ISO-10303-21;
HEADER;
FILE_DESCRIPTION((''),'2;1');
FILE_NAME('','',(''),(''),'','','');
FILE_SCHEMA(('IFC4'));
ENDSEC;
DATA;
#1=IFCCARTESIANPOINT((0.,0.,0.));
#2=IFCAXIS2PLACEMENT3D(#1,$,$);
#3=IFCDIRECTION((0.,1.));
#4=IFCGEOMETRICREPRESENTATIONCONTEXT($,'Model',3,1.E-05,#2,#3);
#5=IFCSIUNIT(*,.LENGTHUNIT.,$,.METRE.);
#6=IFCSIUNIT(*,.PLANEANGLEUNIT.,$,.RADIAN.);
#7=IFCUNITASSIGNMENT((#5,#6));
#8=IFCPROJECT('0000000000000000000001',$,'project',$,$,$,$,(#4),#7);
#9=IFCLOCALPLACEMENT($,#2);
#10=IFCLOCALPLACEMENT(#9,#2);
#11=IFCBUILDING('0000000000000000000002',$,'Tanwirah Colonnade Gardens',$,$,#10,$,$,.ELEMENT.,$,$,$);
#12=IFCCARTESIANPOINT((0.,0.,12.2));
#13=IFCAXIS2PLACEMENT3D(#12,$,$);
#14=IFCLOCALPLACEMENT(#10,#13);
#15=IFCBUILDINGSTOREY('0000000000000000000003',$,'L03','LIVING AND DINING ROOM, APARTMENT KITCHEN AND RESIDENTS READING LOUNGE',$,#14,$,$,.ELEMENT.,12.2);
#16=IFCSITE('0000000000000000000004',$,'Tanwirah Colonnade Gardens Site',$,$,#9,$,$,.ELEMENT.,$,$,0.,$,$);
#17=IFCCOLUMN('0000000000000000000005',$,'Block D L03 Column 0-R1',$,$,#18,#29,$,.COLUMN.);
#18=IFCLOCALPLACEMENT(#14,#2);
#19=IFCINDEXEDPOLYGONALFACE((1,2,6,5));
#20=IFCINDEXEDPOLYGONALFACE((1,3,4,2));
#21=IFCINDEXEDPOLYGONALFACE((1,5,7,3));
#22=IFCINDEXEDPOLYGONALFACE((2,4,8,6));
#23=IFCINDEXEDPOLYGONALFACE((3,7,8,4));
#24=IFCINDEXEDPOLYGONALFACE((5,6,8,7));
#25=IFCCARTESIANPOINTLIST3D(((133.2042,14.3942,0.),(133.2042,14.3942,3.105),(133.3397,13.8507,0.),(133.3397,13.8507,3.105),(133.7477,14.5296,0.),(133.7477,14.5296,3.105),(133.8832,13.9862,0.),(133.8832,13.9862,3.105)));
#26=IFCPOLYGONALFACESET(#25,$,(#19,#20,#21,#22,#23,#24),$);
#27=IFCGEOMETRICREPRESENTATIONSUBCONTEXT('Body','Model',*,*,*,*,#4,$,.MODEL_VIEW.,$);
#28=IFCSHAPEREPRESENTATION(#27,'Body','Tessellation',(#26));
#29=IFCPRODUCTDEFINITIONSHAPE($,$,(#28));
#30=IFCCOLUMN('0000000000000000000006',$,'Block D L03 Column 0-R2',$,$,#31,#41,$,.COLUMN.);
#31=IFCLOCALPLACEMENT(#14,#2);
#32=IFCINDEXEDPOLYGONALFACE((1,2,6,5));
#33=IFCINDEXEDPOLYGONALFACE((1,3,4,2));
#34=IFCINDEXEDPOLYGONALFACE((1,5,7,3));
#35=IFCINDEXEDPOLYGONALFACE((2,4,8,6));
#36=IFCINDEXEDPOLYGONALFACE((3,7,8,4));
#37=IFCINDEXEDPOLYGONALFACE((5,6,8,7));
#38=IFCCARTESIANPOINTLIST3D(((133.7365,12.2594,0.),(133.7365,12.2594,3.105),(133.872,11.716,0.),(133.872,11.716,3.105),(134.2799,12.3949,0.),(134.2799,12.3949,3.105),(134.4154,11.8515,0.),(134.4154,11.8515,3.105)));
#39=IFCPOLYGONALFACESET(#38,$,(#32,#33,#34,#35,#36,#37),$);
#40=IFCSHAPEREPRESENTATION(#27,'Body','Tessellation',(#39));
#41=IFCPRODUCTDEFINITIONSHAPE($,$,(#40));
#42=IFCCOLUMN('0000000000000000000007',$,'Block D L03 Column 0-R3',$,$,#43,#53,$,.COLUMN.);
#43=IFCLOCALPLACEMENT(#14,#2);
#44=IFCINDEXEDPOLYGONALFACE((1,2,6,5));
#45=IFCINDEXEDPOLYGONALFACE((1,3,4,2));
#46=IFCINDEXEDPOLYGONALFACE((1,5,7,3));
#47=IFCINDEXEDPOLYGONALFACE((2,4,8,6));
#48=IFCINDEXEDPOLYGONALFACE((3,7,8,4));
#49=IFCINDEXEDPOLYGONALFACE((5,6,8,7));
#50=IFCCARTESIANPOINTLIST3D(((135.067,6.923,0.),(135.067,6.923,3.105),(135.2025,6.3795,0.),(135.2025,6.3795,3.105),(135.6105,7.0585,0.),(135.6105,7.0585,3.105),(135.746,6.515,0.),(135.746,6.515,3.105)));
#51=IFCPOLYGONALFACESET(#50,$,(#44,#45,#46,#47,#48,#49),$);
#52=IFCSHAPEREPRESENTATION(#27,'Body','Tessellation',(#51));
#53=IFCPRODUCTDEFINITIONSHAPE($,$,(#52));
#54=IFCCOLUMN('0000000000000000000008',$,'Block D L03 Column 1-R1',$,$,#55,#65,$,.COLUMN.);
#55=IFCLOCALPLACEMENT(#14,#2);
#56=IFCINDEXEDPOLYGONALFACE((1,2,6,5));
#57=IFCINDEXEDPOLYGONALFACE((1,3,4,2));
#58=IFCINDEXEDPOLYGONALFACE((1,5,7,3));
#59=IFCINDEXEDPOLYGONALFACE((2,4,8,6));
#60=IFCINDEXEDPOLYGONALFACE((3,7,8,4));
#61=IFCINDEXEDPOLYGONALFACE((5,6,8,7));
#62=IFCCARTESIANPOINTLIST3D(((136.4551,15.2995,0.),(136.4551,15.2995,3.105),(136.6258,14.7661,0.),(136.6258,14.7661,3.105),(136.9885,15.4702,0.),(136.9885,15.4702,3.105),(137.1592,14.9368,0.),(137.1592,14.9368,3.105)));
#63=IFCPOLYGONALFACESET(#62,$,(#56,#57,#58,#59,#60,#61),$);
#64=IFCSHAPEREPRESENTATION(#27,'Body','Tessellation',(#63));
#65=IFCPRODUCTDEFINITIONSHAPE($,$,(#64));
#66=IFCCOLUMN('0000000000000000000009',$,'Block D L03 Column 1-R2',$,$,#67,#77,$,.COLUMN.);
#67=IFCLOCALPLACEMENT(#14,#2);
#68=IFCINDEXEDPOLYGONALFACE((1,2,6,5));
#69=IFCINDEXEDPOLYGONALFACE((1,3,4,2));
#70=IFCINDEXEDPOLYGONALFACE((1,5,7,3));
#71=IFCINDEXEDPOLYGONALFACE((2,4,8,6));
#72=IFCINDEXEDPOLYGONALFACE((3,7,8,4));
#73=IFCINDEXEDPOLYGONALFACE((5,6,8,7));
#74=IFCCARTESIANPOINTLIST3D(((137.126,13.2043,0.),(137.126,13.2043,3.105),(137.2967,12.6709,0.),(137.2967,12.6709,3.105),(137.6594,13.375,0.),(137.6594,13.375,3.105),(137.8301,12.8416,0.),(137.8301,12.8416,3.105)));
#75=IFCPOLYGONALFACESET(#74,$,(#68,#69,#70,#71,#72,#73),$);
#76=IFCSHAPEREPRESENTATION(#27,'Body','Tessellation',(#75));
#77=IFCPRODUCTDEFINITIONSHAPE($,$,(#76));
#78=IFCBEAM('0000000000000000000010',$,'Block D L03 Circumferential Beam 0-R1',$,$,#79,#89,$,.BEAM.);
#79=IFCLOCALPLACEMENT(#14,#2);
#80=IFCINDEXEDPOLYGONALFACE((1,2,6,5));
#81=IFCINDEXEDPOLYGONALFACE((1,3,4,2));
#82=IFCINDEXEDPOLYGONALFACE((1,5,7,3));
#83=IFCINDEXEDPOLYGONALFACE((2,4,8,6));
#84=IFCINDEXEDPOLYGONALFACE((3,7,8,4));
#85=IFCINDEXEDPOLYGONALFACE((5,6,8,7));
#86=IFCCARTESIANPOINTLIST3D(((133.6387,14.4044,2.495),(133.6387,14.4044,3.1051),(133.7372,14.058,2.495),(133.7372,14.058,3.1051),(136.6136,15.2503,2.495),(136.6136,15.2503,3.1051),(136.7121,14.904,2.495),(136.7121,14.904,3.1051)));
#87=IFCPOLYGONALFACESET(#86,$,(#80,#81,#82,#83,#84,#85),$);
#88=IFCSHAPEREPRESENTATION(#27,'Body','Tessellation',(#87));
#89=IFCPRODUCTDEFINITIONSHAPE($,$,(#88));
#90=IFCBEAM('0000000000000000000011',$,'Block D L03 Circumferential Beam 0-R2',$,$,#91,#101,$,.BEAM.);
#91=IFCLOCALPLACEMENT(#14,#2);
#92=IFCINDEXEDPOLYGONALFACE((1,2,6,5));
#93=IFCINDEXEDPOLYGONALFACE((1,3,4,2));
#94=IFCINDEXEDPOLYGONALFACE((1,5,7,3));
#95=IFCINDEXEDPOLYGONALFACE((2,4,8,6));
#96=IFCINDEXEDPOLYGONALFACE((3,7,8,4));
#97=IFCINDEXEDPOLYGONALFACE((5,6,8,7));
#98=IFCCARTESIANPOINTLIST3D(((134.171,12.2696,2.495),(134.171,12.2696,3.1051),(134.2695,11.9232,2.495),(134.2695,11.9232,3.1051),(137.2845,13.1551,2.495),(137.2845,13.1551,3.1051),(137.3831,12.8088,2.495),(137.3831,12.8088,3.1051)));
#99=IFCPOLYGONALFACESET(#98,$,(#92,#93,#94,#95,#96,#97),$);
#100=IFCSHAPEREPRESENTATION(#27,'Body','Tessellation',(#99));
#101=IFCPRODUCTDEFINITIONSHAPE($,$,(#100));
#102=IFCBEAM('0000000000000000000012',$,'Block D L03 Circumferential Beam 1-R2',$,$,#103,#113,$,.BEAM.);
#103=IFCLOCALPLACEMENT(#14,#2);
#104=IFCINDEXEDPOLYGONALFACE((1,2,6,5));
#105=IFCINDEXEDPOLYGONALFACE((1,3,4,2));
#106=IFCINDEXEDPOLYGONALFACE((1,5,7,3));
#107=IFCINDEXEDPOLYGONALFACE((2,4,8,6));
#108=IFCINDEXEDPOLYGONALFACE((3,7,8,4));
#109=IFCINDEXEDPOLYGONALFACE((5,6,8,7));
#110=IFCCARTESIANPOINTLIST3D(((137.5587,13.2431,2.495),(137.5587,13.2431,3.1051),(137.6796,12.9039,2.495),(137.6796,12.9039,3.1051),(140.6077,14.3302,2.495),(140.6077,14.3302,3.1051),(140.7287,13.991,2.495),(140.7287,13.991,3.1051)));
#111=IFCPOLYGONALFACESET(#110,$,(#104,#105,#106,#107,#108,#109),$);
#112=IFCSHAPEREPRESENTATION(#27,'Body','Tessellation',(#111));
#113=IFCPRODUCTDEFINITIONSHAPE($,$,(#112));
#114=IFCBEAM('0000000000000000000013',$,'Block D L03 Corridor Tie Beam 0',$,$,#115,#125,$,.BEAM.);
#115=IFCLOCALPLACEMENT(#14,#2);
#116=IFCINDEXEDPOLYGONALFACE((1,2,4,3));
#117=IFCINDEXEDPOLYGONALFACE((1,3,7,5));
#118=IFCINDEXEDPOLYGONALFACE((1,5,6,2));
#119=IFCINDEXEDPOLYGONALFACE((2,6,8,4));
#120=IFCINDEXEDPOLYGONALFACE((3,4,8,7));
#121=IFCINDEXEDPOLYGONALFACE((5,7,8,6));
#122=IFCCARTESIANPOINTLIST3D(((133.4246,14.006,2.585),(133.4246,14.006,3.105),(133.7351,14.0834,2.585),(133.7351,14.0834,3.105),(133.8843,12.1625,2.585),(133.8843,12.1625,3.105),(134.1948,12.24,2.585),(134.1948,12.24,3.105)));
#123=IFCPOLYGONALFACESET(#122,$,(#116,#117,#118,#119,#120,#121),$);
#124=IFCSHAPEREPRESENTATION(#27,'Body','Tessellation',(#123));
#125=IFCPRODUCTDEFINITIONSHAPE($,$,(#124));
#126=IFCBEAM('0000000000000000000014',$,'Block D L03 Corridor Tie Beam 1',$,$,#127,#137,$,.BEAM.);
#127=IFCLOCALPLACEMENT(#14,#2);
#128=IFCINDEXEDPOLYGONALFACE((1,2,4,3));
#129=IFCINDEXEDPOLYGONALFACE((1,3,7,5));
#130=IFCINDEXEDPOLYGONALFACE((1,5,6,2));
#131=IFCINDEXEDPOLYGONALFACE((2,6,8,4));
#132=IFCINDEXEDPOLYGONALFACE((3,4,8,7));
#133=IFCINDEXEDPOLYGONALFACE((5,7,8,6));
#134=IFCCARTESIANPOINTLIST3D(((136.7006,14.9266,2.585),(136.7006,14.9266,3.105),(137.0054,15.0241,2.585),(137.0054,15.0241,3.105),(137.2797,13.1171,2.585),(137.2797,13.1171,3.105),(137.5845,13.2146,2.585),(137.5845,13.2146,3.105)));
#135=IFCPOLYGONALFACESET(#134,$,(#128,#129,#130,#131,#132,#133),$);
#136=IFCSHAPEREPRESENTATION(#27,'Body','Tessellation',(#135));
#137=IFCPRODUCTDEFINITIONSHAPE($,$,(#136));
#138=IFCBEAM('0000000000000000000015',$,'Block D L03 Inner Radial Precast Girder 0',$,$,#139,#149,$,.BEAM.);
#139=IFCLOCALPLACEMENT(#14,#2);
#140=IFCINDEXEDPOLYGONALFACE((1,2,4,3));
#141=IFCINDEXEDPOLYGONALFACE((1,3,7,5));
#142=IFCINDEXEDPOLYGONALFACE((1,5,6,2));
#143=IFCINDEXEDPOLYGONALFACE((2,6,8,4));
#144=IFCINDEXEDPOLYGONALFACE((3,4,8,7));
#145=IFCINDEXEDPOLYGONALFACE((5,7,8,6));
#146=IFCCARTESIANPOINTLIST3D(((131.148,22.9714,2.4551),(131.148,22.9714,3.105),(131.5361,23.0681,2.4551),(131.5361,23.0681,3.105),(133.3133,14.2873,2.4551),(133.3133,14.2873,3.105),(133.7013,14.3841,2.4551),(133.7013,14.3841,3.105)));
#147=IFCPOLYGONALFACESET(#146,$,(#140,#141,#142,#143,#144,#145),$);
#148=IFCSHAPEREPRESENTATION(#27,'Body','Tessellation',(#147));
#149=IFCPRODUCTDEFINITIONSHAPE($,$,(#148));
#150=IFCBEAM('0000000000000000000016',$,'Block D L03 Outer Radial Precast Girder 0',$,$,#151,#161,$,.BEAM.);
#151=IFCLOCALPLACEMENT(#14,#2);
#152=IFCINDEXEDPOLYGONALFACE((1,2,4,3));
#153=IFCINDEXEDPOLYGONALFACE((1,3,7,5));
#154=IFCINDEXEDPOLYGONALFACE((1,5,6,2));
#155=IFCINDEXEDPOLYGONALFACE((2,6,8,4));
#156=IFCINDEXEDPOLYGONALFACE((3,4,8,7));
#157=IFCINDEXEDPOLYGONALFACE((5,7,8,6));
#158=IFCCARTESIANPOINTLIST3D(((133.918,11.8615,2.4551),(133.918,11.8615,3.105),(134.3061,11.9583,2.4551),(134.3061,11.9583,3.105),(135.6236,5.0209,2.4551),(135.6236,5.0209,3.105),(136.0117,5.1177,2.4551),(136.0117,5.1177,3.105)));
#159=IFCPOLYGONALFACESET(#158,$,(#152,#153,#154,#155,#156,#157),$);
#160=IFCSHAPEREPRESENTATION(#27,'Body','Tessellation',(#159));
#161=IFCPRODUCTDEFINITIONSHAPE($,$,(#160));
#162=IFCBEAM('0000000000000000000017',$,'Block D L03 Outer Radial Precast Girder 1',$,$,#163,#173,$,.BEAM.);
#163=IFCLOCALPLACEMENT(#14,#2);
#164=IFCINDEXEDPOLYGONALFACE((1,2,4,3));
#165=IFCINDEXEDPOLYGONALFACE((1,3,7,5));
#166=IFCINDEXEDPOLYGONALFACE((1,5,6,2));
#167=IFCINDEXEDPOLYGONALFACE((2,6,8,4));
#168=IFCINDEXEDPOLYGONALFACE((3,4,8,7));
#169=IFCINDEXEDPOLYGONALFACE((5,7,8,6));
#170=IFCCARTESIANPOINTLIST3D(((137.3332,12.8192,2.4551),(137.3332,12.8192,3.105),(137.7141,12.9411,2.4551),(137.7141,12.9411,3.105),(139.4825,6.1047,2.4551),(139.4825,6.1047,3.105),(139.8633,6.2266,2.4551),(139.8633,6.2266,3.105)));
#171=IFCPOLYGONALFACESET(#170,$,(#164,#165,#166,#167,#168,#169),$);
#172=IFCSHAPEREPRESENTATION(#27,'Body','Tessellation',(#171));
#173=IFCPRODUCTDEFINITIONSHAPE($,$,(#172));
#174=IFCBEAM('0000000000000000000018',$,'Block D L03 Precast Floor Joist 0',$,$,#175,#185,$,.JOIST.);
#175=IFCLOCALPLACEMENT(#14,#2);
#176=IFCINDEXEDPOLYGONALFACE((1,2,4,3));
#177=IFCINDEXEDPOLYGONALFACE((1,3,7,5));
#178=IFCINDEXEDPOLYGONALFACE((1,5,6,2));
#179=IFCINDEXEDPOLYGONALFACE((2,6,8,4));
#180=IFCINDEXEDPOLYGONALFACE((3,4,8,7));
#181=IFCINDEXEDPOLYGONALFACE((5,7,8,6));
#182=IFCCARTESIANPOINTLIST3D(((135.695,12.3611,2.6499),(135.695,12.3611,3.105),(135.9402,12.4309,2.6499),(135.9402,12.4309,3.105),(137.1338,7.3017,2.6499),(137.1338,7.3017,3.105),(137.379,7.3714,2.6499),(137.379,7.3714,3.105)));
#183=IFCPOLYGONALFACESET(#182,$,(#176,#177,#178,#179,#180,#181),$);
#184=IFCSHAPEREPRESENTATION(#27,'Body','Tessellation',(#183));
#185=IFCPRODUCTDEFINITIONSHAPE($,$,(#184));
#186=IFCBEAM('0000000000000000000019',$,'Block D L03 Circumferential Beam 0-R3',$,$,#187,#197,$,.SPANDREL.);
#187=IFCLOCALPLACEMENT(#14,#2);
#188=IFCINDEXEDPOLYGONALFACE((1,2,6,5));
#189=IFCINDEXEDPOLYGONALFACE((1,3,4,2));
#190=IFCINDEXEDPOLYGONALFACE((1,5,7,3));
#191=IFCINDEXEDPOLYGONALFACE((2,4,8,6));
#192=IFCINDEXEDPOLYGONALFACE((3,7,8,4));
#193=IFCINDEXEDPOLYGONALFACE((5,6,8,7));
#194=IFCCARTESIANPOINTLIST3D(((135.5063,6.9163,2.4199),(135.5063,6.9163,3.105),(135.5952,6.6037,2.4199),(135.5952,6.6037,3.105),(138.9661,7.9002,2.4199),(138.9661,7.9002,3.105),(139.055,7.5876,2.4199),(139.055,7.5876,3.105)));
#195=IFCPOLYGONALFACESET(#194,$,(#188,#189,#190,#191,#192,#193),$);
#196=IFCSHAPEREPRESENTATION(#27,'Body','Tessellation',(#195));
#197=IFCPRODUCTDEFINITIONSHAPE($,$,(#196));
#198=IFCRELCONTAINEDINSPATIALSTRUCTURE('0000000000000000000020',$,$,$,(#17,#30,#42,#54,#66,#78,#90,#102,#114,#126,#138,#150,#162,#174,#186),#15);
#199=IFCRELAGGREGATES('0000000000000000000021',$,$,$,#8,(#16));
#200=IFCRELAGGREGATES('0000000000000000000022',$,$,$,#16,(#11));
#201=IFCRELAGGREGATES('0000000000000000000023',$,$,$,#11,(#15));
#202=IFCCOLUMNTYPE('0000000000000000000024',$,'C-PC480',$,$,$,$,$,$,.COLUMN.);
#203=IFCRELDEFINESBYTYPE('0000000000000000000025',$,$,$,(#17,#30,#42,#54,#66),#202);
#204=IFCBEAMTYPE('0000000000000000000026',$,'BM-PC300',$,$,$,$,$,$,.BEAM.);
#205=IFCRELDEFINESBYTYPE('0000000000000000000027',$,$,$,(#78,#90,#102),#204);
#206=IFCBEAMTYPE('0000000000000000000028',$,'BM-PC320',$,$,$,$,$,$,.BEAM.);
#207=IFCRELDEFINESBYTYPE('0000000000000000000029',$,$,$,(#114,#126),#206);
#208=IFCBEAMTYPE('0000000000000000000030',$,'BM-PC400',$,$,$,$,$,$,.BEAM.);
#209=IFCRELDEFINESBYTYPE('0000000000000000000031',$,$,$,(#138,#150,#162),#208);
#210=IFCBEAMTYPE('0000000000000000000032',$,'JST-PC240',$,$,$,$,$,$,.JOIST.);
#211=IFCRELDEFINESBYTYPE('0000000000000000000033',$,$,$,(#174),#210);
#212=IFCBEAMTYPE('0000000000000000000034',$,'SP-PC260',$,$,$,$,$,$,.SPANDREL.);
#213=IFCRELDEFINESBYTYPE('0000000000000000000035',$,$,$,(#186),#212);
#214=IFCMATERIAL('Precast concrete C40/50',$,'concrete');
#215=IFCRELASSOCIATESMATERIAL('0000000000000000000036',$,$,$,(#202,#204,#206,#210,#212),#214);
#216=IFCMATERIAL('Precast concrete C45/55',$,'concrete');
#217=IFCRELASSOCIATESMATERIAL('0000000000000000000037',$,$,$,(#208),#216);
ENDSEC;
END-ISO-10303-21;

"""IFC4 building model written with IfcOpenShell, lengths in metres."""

from ifc_helpers import new_model, si_unit, direction, frame, origin, origin_2d, place, context, subcontext, project, spatial, rectangle, extrude, material, material_profile, profile_set, type_object, element, save


model = new_model("IFC4")

# Units and contexts
model_context = context("Model", 3, precision=1e-05, world=origin(), true_north=direction((0.0, 1.0)))
body_context = subcontext(model_context, "Body", "Model", "MODEL_VIEW")
ifc_project = project(units=[si_unit("LENGTHUNIT", "METRE"), si_unit("PLANEANGLEUNIT", "RADIAN")], contexts=[model_context])

# Site, building, storey
site_placement = place(None, origin())
site = spatial("IfcSite", under=ifc_project, at=site_placement, Name="Tanwirah Colonnade Gardens Site", CompositionType="ELEMENT", RefElevation=0.0)
building_placement = place(site_placement, origin())
building = spatial("IfcBuilding", under=site, at=building_placement, Name="Tanwirah Colonnade Gardens", CompositionType="ELEMENT")
storey_placement = place(building_placement, frame((0.0, 0.0, 12.2)))
storey = spatial("IfcBuildingStorey", under=building, at=storey_placement, Name="L03", Description="LIVING AND DINING ROOM, APARTMENT KITCHEN AND RESIDENTS READING LOUNGE", CompositionType="ELEMENT", Elevation=12.2)

# Columns
ifc_material_1 = material(Name="Precast concrete C40/50", Category="concrete")
ifc_material_profile_1 = material_profile(ifc_material_1, rectangle(XDim=0.5601, YDim=0.5601, at=origin_2d()), Name="PC-COL 560x560")
ifc_profile_set_1 = profile_set([ifc_material_profile_1], Name="Precast concrete C40/50")
column_type = type_object("IfcColumnType", Name="C-PC480", PredefinedType="COLUMN", material=ifc_profile_set_1)
for number, where, z_axis, x_axis, name in (
    (1, (133.5437, 14.1902, 0.0), (0.0, 0.0, 1.0), (0.241922, -0.970296, 0.0), "Block D L03 Column 0-R1"),
    (2, (134.0759, 12.0554, 0.0), (0.0, 0.0, 1.0), (0.241922, -0.970296, 0.0), "Block D L03 Column 0-R2"),
    (3, (135.4065, 6.719, 0.0), (0.0, 0.0, 1.0), (0.241922, -0.970296, 0.0), "Block D L03 Column 0-R3"),
    (4, (136.8071, 15.1182, 0.0), (0.0, 0.0, 1.0), (0.304864, -0.952396, 0.0), "Block D L03 Column 1-R1"),
    (5, (137.478, 13.0229, 0.0), (0.0, 0.0, 1.0), (0.304864, -0.952396, 0.0), "Block D L03 Column 1-R2"),
):
    element("IfcColumn", number, at=place(storey_placement, frame(where, z_axis=z_axis, x_axis=x_axis)), inside=storey, type_object=column_type, Name=name, PredefinedType="COLUMN", context=body_context, shape_type="SweptSolid", body=[
        extrude(rectangle(XDim=0.5601, YDim=0.5601, at=origin_2d()), origin(), (0.0, 0.0, 1.0), 3.105),
    ])

# Beams
ifc_material_profile_2 = material_profile(ifc_material_1, rectangle(XDim=0.3601, YDim=0.6101, at=origin_2d()), Name="PC-BM 360x610")
ifc_profile_set_2 = profile_set([ifc_material_profile_2], Name="Precast concrete C40/50")
beam_type_1 = type_object("IfcBeamType", Name="BM-PC300", PredefinedType="BEAM", material=ifc_profile_set_2)
beam_1_placement = place(storey_placement, frame((133.688, 14.2312, 2.8), z_axis=(0.961866, 0.273522, 0.0), x_axis=(-0.273522, 0.961866, 0.0)))
element("IfcBeam", 6, at=beam_1_placement, inside=storey, type_object=beam_type_1, Name="Block D L03 Circumferential Beam 0-R1", PredefinedType="BEAM", context=body_context, shape_type="SweptSolid", body=[
    extrude(rectangle(XDim=0.3601, YDim=0.6101, at=origin_2d()), origin(), (0.0, 0.0, 1.0), 3.0928),
])
for number, where, z_axis, x_axis, name in (
    (7, (134.2202, 12.0964, 2.8), (0.961856, 0.273555, 0.0), (-0.273555, 0.961856, 0.0), "Block D L03 Circumferential Beam 0-R2"),
    (8, (137.6191, 13.0735, 2.8), (0.941918, 0.335844, 0.0), (-0.335844, 0.941918, 0.0), "Block D L03 Circumferential Beam 1-R2"),
):
    element("IfcBeam", number, at=place(storey_placement, frame(where, z_axis=z_axis, x_axis=x_axis)), inside=storey, type_object=beam_type_1, Name=name, PredefinedType="BEAM", context=body_context, shape_type="SweptSolid", body=[
        extrude(rectangle(XDim=0.3601, YDim=0.6101, at=origin_2d()), origin(), (0.0, 0.0, 1.0), 3.2371),
    ])
ifc_material_profile_3 = material_profile(ifc_material_1, rectangle(XDim=0.3201, YDim=0.52, at=origin_2d()), Name="PC-BM 320x520")
ifc_profile_set_3 = profile_set([ifc_material_profile_3], Name="Precast concrete C40/50")
beam_type_2 = type_object("IfcBeamType", Name="BM-PC320", PredefinedType="BEAM", material=ifc_profile_set_3)
for number, where, z_axis, x_axis, name in (
    (9, (133.5798, 14.0447, 2.845), (0.241961, -0.970286, 0.0), (0.970286, 0.241961, 0.0), "Block D L03 Corridor Tie Beam 0"),
    (10, (136.853, 14.9753, 2.845), (0.304794, -0.952418, 0.0), (0.952418, 0.304794, 0.0), "Block D L03 Corridor Tie Beam 1"),
):
    element("IfcBeam", number, at=place(storey_placement, frame(where, z_axis=z_axis, x_axis=x_axis)), inside=storey, type_object=beam_type_2, Name=name, PredefinedType="BEAM", context=body_context, shape_type="SweptSolid", body=[
        extrude(rectangle(XDim=0.3201, YDim=0.52, at=origin_2d()), origin(), (0.0, 0.0, 1.0), 1.8999),
    ])
ifc_material_2 = material(Name="Precast concrete C45/55", Category="concrete")
ifc_material_profile_4 = material_profile(ifc_material_2, rectangle(XDim=0.3999, YDim=0.6499, at=origin_2d()), Name="PC-BM 400x650")
ifc_profile_set_4 = profile_set([ifc_material_profile_4], Name="Precast concrete C45/55")
beam_type_3 = type_object("IfcBeamType", Name="BM-PC400", PredefinedType="BEAM", material=ifc_profile_set_4)
beam_2_placement = place(storey_placement, frame((133.5073, 14.3357, 2.78), z_axis=(-0.241932, 0.970293, 0.0), x_axis=(-0.970293, -0.241932, 0.0)))
element("IfcBeam", 11, at=beam_2_placement, inside=storey, type_object=beam_type_3, Name="Block D L03 Inner Radial Precast Girder 0", PredefinedType="BEAM", context=body_context, shape_type="SweptSolid", body=[
    extrude(rectangle(XDim=0.3999, YDim=0.6499, at=origin_2d()), origin(), (0.0, 0.0, 1.0), 8.95),
])
for number, where, z_axis, x_axis, name in (
    (12, (134.1121, 11.9099, 2.78), (0.241924, -0.970295, 0.0), (0.970295, 0.241924, 0.0), "Block D L03 Outer Radial Precast Girder 0"),
    (13, (137.5237, 12.8801, 2.78), (0.30485, -0.9524, 0.0), (0.9524, 0.30485, 0.0), "Block D L03 Outer Radial Precast Girder 1"),
):
    element("IfcBeam", number, at=place(storey_placement, frame(where, z_axis=z_axis, x_axis=x_axis)), inside=storey, type_object=beam_type_3, Name=name, PredefinedType="BEAM", context=body_context, shape_type="SweptSolid", body=[
        extrude(rectangle(XDim=0.3999, YDim=0.6499, at=origin_2d()), origin(), (0.0, 0.0, 1.0), 7.05),
    ])
ifc_material_profile_5 = material_profile(ifc_material_1, rectangle(XDim=0.2549, YDim=0.4551, at=origin_2d()), Name="PC-JST 255x455")
ifc_profile_set_5 = profile_set([ifc_material_profile_5], Name="Precast concrete C40/50")
beam_type_4 = type_object("IfcBeamType", Name="JST-PC240", PredefinedType="JOIST", material=ifc_profile_set_5)
beam_3_placement = place(storey_placement, frame((135.8176, 12.396, 2.8774), z_axis=(0.273526, -0.961865, 0.0), x_axis=(0.961865, 0.273526, 0.0)))
element("IfcBeam", 14, at=beam_3_placement, inside=storey, type_object=beam_type_4, Name="Block D L03 Precast Floor Joist 0", PredefinedType="JOIST", context=body_context, shape_type="SweptSolid", body=[
    extrude(rectangle(XDim=0.2549, YDim=0.4551, at=origin_2d()), origin(), (0.0, 0.0, 1.0), 5.26),
])
ifc_material_profile_6 = material_profile(ifc_material_1, rectangle(XDim=0.325, YDim=0.6851, at=origin_2d()), Name="PC-SP 325x685")
ifc_profile_set_6 = profile_set([ifc_material_profile_6], Name="Precast concrete C40/50")
beam_type_5 = type_object("IfcBeamType", Name="SP-PC260", PredefinedType="SPANDREL", material=ifc_profile_set_6)
beam_4_placement = place(storey_placement, frame((135.5508, 6.76, 2.7625), z_axis=(0.961861, 0.273538, 0.0), x_axis=(-0.273538, 0.961861, 0.0)))
element("IfcBeam", 15, at=beam_4_placement, inside=storey, type_object=beam_type_5, Name="Block D L03 Circumferential Beam 0-R3", PredefinedType="SPANDREL", context=body_context, shape_type="SweptSolid", body=[
    extrude(rectangle(XDim=0.325, YDim=0.6851, at=origin_2d()), origin(), (0.0, 0.0, 1.0), 3.5969),
])

save(model, "model.ifc")
